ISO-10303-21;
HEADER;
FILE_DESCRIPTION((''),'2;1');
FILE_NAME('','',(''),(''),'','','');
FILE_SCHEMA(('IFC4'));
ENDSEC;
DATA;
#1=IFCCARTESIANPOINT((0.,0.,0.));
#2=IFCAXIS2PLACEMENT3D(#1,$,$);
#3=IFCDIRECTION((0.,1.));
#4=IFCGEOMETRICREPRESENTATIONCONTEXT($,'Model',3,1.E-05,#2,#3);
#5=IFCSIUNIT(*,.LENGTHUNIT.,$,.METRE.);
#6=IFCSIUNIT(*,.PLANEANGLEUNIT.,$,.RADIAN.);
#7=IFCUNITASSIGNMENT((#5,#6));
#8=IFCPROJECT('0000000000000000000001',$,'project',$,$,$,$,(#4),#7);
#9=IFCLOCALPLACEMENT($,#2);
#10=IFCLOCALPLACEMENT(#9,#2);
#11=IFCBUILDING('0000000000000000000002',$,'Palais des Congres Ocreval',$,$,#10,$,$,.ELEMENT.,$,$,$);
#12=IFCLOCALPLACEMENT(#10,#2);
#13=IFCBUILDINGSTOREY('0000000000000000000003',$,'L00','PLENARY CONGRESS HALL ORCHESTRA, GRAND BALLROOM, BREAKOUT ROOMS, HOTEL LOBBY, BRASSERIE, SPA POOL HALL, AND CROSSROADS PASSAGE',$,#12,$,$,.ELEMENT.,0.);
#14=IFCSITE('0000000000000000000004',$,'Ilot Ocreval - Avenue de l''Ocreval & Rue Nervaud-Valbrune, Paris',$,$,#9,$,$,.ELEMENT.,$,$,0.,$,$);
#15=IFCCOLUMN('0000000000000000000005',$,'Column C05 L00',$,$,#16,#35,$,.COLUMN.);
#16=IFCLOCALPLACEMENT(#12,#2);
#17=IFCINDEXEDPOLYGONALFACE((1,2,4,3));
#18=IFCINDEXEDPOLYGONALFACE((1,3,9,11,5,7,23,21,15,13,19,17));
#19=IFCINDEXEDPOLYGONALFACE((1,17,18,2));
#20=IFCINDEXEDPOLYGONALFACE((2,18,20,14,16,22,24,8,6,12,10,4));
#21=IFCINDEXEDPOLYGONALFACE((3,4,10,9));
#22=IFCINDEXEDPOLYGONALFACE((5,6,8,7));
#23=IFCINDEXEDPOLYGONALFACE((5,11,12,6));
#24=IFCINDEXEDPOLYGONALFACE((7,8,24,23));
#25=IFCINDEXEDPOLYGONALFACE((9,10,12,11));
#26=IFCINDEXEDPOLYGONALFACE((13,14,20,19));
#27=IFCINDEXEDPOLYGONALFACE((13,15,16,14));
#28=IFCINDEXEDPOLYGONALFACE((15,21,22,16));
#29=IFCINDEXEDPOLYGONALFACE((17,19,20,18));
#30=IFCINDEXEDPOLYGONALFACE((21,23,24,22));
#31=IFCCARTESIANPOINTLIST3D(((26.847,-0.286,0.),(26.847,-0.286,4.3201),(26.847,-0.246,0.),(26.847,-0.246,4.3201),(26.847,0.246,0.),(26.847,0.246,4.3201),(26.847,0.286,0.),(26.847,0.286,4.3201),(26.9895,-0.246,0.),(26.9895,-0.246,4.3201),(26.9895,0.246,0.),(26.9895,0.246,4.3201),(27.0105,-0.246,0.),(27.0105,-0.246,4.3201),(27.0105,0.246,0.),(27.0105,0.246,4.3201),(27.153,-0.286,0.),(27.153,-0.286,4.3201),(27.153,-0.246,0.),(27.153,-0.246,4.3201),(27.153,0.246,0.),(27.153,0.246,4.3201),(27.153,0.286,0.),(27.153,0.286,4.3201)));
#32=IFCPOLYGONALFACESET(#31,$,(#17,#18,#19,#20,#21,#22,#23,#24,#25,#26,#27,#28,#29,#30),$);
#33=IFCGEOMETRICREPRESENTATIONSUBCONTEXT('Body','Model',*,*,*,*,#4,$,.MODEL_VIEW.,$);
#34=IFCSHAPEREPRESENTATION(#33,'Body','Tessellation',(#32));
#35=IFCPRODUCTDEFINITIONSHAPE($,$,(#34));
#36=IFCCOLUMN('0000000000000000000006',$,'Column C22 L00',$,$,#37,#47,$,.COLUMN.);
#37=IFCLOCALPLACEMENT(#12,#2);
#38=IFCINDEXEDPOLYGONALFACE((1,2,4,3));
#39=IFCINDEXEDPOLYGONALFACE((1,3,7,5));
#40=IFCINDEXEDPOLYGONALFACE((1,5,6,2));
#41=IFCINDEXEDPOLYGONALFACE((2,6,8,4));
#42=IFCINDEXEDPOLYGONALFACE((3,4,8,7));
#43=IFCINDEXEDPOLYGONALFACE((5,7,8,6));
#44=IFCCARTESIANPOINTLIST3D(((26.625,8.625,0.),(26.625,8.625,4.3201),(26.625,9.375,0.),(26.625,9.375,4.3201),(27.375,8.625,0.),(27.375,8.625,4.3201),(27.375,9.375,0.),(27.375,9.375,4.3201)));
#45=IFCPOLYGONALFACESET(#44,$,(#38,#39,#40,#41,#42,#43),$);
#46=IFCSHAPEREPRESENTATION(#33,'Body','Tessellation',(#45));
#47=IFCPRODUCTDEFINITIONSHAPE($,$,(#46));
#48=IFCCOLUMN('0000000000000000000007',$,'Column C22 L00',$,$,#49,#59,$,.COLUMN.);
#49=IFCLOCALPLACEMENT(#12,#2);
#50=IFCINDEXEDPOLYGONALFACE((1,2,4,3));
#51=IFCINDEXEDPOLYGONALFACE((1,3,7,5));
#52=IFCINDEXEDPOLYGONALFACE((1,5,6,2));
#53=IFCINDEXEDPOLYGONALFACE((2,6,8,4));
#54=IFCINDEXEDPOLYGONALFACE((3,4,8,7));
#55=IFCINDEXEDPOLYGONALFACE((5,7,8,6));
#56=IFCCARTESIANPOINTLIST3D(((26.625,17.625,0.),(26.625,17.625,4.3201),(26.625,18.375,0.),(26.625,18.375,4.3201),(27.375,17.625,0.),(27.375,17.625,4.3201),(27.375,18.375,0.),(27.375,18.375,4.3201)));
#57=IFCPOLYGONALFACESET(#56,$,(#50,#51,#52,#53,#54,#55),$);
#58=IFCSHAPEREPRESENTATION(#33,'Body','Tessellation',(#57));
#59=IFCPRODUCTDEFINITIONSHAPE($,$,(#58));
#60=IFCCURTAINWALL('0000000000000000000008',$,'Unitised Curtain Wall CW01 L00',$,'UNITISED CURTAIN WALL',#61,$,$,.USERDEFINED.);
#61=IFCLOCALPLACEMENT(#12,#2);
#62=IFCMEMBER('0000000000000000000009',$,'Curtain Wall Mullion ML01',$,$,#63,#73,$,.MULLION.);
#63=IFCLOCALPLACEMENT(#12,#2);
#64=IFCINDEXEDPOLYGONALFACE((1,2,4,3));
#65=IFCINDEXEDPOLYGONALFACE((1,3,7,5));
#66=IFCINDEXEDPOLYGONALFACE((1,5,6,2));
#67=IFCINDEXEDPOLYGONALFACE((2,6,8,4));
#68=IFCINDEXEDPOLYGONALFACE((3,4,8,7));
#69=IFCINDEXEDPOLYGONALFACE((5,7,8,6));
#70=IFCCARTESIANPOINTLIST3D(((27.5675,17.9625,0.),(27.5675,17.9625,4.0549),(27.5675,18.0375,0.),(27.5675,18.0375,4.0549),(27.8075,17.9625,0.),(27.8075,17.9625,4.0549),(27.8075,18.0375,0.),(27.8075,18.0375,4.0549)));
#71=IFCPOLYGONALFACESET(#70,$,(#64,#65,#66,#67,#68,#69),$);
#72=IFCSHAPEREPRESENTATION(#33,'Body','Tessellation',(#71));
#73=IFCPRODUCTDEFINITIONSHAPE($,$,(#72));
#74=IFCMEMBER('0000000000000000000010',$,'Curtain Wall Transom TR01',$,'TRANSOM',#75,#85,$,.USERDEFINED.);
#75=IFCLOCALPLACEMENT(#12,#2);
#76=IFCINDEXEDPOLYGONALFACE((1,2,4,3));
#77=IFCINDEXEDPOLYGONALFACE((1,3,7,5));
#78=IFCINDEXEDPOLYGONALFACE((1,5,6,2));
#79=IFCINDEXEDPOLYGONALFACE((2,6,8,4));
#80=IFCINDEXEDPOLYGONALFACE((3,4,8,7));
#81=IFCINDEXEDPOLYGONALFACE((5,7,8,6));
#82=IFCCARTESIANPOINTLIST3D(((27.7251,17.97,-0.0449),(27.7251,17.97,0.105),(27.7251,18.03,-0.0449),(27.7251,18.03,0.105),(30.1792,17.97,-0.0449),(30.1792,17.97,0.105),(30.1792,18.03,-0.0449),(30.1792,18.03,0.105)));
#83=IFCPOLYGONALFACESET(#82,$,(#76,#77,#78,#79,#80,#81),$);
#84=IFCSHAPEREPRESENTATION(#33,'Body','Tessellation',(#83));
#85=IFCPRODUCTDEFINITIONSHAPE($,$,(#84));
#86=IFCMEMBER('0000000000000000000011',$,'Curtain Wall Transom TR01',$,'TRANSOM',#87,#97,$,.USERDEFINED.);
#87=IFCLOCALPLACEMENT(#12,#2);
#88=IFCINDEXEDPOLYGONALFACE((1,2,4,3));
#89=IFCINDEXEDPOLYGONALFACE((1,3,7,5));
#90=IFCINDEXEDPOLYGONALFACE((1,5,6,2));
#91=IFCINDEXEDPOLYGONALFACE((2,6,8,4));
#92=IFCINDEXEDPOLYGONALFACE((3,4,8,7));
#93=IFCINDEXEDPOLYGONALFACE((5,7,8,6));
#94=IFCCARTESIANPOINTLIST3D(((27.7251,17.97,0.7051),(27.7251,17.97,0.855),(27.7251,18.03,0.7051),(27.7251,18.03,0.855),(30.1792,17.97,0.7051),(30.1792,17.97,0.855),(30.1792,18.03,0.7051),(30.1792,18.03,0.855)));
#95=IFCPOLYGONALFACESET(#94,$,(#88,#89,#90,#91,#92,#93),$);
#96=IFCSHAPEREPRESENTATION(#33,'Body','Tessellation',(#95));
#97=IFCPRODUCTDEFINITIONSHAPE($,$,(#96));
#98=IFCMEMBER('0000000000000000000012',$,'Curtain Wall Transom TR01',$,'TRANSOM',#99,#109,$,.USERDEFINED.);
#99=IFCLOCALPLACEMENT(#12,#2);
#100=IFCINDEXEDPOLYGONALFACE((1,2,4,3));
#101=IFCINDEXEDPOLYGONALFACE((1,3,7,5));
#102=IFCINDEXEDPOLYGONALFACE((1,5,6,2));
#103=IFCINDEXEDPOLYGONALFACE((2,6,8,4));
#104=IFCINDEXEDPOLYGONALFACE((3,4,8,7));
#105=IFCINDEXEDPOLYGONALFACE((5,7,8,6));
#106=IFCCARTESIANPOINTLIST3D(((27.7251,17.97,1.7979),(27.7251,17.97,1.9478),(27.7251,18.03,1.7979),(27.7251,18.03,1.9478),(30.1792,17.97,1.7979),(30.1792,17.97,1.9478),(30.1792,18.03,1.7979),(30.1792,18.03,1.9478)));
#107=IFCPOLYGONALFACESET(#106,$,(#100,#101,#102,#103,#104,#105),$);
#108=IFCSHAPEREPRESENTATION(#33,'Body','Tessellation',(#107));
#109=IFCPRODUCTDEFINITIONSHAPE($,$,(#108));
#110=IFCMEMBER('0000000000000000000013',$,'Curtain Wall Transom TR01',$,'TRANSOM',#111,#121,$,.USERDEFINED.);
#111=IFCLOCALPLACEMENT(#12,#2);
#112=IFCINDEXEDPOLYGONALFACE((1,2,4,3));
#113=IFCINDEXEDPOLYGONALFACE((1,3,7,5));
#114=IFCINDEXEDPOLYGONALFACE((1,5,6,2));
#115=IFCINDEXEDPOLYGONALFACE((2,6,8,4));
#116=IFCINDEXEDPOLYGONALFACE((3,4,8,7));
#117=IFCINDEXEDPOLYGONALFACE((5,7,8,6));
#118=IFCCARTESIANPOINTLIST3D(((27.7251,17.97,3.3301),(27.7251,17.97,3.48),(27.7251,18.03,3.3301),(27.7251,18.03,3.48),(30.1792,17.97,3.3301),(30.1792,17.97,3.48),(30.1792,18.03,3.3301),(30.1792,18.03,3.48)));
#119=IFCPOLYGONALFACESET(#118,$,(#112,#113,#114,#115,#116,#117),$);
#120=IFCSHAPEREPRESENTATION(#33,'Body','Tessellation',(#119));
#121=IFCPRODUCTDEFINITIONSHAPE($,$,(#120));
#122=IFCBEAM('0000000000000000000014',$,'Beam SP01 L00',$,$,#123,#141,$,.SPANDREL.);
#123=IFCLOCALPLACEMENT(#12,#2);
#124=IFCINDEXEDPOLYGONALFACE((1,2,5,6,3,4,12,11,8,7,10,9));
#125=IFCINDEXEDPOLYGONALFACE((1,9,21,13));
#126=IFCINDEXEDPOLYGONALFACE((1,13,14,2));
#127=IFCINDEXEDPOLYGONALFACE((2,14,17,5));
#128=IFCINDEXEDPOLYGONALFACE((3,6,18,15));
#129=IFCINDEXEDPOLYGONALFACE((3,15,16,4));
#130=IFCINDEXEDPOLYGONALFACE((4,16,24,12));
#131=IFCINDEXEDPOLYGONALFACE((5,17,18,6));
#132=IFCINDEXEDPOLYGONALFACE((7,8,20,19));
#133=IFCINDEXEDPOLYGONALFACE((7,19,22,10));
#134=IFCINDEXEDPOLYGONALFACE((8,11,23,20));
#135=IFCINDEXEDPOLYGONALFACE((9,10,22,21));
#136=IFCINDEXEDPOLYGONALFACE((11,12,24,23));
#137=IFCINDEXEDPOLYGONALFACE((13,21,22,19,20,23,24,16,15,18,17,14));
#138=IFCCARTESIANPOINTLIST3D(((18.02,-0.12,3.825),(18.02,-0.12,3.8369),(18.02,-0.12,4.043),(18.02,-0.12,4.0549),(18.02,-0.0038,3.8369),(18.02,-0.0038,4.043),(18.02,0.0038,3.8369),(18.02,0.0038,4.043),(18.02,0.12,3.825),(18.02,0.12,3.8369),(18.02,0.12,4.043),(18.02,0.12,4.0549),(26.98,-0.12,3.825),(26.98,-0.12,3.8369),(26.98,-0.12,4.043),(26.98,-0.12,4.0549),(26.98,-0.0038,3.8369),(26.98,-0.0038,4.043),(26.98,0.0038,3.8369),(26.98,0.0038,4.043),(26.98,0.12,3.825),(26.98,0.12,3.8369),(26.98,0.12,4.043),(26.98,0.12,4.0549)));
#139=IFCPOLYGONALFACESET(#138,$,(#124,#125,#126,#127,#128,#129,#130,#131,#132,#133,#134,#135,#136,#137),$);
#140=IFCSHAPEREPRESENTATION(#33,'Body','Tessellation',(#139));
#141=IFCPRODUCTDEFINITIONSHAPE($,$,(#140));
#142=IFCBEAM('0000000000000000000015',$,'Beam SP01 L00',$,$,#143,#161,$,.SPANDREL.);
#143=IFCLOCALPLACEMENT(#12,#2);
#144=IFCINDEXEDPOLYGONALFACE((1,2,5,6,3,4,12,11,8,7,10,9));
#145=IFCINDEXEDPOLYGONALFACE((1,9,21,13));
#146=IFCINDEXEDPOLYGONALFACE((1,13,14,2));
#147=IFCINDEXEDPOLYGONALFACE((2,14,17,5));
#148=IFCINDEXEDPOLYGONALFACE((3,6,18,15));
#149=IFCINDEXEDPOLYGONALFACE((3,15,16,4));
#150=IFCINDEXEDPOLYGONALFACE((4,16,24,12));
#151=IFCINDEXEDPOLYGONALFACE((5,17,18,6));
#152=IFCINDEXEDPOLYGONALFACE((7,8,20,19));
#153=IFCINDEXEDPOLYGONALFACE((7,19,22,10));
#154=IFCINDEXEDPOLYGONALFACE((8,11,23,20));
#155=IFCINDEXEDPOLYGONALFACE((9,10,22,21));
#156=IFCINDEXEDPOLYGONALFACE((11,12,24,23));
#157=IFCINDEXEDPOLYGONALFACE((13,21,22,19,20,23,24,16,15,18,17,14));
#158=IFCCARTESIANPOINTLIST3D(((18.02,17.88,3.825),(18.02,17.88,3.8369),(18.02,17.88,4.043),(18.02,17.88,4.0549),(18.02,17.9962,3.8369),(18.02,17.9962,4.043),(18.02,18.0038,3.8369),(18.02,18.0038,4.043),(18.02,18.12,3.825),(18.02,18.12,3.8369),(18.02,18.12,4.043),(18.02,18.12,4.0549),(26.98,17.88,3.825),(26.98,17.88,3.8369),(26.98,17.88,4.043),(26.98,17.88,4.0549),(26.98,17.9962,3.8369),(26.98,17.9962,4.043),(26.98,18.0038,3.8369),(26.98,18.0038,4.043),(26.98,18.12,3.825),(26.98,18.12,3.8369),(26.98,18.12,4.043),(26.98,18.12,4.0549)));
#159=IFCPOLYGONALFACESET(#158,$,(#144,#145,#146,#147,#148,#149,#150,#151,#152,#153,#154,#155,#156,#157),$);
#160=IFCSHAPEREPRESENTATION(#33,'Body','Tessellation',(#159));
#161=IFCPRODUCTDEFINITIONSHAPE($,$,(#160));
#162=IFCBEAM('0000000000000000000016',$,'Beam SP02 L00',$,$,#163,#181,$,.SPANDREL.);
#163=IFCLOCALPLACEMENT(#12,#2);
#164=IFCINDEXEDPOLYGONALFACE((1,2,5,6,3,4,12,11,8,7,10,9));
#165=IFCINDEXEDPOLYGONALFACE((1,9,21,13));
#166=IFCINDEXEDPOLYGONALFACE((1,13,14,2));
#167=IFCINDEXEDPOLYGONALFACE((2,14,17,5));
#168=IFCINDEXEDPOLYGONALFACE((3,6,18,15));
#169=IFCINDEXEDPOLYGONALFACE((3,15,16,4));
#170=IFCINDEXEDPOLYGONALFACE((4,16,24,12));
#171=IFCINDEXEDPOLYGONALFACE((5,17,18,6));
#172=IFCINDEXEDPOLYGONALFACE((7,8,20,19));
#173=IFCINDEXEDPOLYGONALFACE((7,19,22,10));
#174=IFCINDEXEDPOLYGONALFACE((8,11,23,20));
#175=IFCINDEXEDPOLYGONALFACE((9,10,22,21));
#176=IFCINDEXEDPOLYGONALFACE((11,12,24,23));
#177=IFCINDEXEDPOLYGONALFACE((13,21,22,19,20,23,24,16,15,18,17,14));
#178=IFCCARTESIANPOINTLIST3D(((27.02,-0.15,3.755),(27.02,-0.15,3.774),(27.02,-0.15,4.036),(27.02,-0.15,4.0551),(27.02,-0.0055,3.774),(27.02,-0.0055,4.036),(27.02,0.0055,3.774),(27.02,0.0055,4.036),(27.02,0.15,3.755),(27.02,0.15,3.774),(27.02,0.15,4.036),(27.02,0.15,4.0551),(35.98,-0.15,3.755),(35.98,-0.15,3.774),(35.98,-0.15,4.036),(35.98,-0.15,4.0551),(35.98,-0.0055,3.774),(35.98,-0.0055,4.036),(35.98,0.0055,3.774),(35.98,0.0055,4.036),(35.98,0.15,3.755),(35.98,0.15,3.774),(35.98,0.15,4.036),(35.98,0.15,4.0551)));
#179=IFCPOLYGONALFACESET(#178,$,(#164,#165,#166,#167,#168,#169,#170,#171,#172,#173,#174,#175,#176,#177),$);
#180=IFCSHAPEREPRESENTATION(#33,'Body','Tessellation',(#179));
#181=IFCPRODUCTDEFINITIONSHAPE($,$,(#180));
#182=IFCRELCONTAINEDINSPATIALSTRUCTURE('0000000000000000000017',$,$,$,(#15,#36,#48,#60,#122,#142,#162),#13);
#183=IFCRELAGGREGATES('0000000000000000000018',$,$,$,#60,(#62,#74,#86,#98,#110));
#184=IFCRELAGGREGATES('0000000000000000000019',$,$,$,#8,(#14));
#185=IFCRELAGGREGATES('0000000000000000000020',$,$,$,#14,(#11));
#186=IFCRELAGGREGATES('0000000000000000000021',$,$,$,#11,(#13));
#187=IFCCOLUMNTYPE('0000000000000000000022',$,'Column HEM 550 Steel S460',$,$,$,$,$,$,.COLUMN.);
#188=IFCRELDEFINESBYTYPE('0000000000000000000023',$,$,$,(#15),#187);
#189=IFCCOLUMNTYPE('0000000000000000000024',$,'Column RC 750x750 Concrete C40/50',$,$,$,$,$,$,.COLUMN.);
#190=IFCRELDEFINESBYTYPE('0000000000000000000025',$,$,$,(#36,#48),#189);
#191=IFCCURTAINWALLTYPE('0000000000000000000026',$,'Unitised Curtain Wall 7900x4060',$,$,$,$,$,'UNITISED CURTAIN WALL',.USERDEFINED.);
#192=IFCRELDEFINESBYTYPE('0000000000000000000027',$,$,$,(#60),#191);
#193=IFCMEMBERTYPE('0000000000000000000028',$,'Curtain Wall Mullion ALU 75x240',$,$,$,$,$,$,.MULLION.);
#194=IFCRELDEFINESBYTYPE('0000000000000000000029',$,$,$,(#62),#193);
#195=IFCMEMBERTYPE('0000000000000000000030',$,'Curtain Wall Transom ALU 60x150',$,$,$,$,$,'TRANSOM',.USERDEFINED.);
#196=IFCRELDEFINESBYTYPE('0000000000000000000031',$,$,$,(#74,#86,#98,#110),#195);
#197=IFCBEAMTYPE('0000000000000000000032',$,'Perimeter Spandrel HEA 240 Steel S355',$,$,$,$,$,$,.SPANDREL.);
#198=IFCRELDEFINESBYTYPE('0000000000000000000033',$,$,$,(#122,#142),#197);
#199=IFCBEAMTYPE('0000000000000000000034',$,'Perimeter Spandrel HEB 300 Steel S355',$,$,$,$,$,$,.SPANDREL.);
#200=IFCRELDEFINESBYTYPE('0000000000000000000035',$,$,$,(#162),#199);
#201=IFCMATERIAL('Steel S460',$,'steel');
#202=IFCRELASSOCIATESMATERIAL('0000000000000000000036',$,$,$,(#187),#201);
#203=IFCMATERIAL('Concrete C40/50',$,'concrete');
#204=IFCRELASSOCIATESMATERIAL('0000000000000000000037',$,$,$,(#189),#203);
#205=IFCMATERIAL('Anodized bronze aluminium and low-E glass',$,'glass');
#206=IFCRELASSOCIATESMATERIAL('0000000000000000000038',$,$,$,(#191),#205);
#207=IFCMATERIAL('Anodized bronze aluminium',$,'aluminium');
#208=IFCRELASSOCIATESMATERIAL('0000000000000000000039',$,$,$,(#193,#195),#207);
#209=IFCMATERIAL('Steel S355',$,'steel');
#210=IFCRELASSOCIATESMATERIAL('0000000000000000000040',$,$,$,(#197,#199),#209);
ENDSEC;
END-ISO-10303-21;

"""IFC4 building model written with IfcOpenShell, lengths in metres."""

from ifc_helpers import new_model, si_unit, direction, frame, origin, origin_2d, place, context, subcontext, project, spatial, rectangle, i_section, extrude, material, material_profile, profile_set, type_object, element, aggregate, save


model = new_model("IFC4")

# Units and contexts
model_context = context("Model", 3, precision=1e-05, world=origin(), true_north=direction((0.0, 1.0)))
body_context = subcontext(model_context, "Body", "Model", "MODEL_VIEW")
ifc_project = project(units=[si_unit("LENGTHUNIT", "METRE"), si_unit("PLANEANGLEUNIT", "RADIAN")], contexts=[model_context])

# Site, building, storey
site_placement = place(None, origin())
site = spatial("IfcSite", under=ifc_project, at=site_placement, Name="Ilot Ocreval - Avenue de l'Ocreval & Rue Nervaud-Valbrune, Paris", CompositionType="ELEMENT", RefElevation=0.0)
building_placement = place(site_placement, origin())
building = spatial("IfcBuilding", under=site, at=building_placement, Name="Palais des Congres Ocreval", CompositionType="ELEMENT")
storey_placement = place(building_placement, origin())
storey = spatial("IfcBuildingStorey", under=building, at=storey_placement, Name="L00", Description="PLENARY CONGRESS HALL ORCHESTRA, GRAND BALLROOM, BREAKOUT ROOMS, HOTEL LOBBY, BRASSERIE, SPA POOL HALL, AND CROSSROADS PASSAGE", CompositionType="ELEMENT", Elevation=0.0)

# Columns
ifc_material_1 = material(Name="Steel S460", Category="steel")
ifc_material_profile_1 = material_profile(ifc_material_1, i_section(OverallWidth=0.3059, OverallDepth=0.572, WebThickness=0.021, FlangeThickness=0.04, at=origin_2d()), Name="HEM 550")
ifc_profile_set_1 = profile_set([ifc_material_profile_1], Name="Steel S460")
column_type_1 = type_object("IfcColumnType", Name="Column HEM 550 Steel S460", PredefinedType="COLUMN", material=ifc_profile_set_1)
column_placement = place(storey_placement, frame((27.0, 0.0, 0.0), z_axis=(0.0, 0.0, 1.0), x_axis=(1.0, 0.0, 0.0)))
element("IfcColumn", 1, at=column_placement, inside=storey, type_object=column_type_1, Name="Column C05 L00", PredefinedType="COLUMN", context=body_context, shape_type="SweptSolid", body=[
    extrude(i_section(OverallWidth=0.3059, OverallDepth=0.572, WebThickness=0.021, FlangeThickness=0.04, at=origin_2d()), origin(), (0.0, 0.0, 1.0), 4.3201),
])
ifc_material_2 = material(Name="Concrete C40/50", Category="concrete")
ifc_material_profile_2 = material_profile(ifc_material_2, rectangle(XDim=0.75, YDim=0.75, at=origin_2d()), Name="RC 750x750")
ifc_profile_set_2 = profile_set([ifc_material_profile_2], Name="Concrete C40/50")
column_type_2 = type_object("IfcColumnType", Name="Column RC 750x750 Concrete C40/50", PredefinedType="COLUMN", material=ifc_profile_set_2)
for number, where, z_axis, x_axis, name in (
    (2, (27.0, 9.0, 0.0), (0.0, 0.0, 1.0), (1.0, 0.0, 0.0), "Column C22 L00"),
    (3, (27.0, 18.0, 0.0), (0.0, 0.0, 1.0), (1.0, 0.0, 0.0), "Column C22 L00"),
):
    element("IfcColumn", number, at=place(storey_placement, frame(where, z_axis=z_axis, x_axis=x_axis)), inside=storey, type_object=column_type_2, Name=name, PredefinedType="COLUMN", context=body_context, shape_type="SweptSolid", body=[
        extrude(rectangle(XDim=0.75, YDim=0.75, at=origin_2d()), origin(), (0.0, 0.0, 1.0), 4.3201),
    ])

# Curtain wall, members
ifc_material_3 = material(Name="Anodized bronze aluminium and low-E glass", Category="glass")
curtain_wall_type = type_object("IfcCurtainWallType", Name="Unitised Curtain Wall 7900x4060", ElementType="UNITISED CURTAIN WALL", PredefinedType="USERDEFINED", material=ifc_material_3)
curtain_wall_placement = place(storey_placement, origin())
curtain_wall = element("IfcCurtainWall", 4, at=curtain_wall_placement, inside=storey, type_object=curtain_wall_type, Name="Unitised Curtain Wall CW01 L00", ObjectType="UNITISED CURTAIN WALL", PredefinedType="USERDEFINED")
ifc_material_4 = material(Name="Anodized bronze aluminium", Category="aluminium")
ifc_material_profile_3 = material_profile(ifc_material_4, rectangle(XDim=0.075, YDim=0.24, at=origin_2d()), Name="ALU 75x240")
ifc_profile_set_3 = profile_set([ifc_material_profile_3], Name="Anodized bronze aluminium")
member_type_1 = type_object("IfcMemberType", Name="Curtain Wall Mullion ALU 75x240", PredefinedType="MULLION", material=ifc_profile_set_3)
member_1_placement = place(storey_placement, frame((27.6875, 18.0, 0.0), z_axis=(0.0, 0.0, 1.0), x_axis=(0.0, 1.0, 0.0)))
member_1 = element("IfcMember", 5, at=member_1_placement, type_object=member_type_1, Name="Curtain Wall Mullion ML01", PredefinedType="MULLION", context=body_context, shape_type="SweptSolid", body=[
    extrude(rectangle(XDim=0.075, YDim=0.24, at=origin_2d()), origin(), (0.0, 0.0, 1.0), 4.0549),
])
ifc_material_profile_4 = material_profile(ifc_material_4, rectangle(XDim=0.0601, YDim=0.1499, at=origin_2d()), Name="ALU 60x150")
ifc_profile_set_4 = profile_set([ifc_material_profile_4], Name="Anodized bronze aluminium")
member_type_2 = type_object("IfcMemberType", Name="Curtain Wall Transom ALU 60x150", ElementType="TRANSOM", PredefinedType="USERDEFINED", material=ifc_profile_set_4)
member_2_placement = place(storey_placement, frame((27.7251, 18.0, 0.03), z_axis=(1.0, 0.0, 0.0), x_axis=(0.0, 1.0, 0.0)))
member_2 = element("IfcMember", 6, at=member_2_placement, type_object=member_type_2, Name="Curtain Wall Transom TR01", ObjectType="TRANSOM", PredefinedType="USERDEFINED", context=body_context, shape_type="SweptSolid", body=[
    extrude(rectangle(XDim=0.0601, YDim=0.1499, at=origin_2d()), origin(), (0.0, 0.0, 1.0), 2.4541),
])
member_3_placement = place(storey_placement, frame((27.7251, 18.0, 0.78), z_axis=(1.0, 0.0, 0.0), x_axis=(0.0, 1.0, 0.0)))
member_3 = element("IfcMember", 7, at=member_3_placement, type_object=member_type_2, Name="Curtain Wall Transom TR01", ObjectType="TRANSOM", PredefinedType="USERDEFINED", context=body_context, shape_type="SweptSolid", body=[
    extrude(rectangle(XDim=0.0601, YDim=0.1499, at=origin_2d()), origin(), (0.0, 0.0, 1.0), 2.4541),
])
member_4_placement = place(storey_placement, frame((27.7251, 18.0, 1.8728), z_axis=(1.0, 0.0, 0.0), x_axis=(0.0, 1.0, 0.0)))
member_4 = element("IfcMember", 8, at=member_4_placement, type_object=member_type_2, Name="Curtain Wall Transom TR01", ObjectType="TRANSOM", PredefinedType="USERDEFINED", context=body_context, shape_type="SweptSolid", body=[
    extrude(rectangle(XDim=0.0601, YDim=0.1499, at=origin_2d()), origin(), (0.0, 0.0, 1.0), 2.4541),
])
member_5_placement = place(storey_placement, frame((27.7251, 18.0, 3.405), z_axis=(1.0, 0.0, 0.0), x_axis=(0.0, 1.0, 0.0)))
member_5 = element("IfcMember", 9, at=member_5_placement, type_object=member_type_2, Name="Curtain Wall Transom TR01", ObjectType="TRANSOM", PredefinedType="USERDEFINED", context=body_context, shape_type="SweptSolid", body=[
    extrude(rectangle(XDim=0.0601, YDim=0.1499, at=origin_2d()), origin(), (0.0, 0.0, 1.0), 2.4541),
])
aggregate(curtain_wall, [member_1, member_2, member_3, member_4, member_5])

# Beams
ifc_material_5 = material(Name="Steel S355", Category="steel")
ifc_material_profile_5 = material_profile(ifc_material_5, i_section(OverallWidth=0.24, OverallDepth=0.23, WebThickness=0.0076, FlangeThickness=0.012, at=origin_2d()), Name="HEA 240")
ifc_profile_set_5 = profile_set([ifc_material_profile_5], Name="Steel S355")
beam_type_1 = type_object("IfcBeamType", Name="Perimeter Spandrel HEA 240 Steel S355", PredefinedType="SPANDREL", material=ifc_profile_set_5)
for number, where, z_axis, x_axis, name in (
    (10, (18.02, 0.0, 3.9399), (1.0, 0.0, 0.0), (0.0, 1.0, 0.0), "Beam SP01 L00"),
    (11, (18.02, 18.0, 3.9399), (1.0, 0.0, 0.0), (0.0, 1.0, 0.0), "Beam SP01 L00"),
):
    element("IfcBeam", number, at=place(storey_placement, frame(where, z_axis=z_axis, x_axis=x_axis)), inside=storey, type_object=beam_type_1, Name=name, PredefinedType="SPANDREL", context=body_context, shape_type="SweptSolid", body=[
        extrude(i_section(OverallWidth=0.24, OverallDepth=0.23, WebThickness=0.0076, FlangeThickness=0.012, at=origin_2d()), origin(), (0.0, 0.0, 1.0), 8.96),
    ])
ifc_material_profile_6 = material_profile(ifc_material_5, i_section(OverallWidth=0.3, OverallDepth=0.3, WebThickness=0.011, FlangeThickness=0.019, at=origin_2d()), Name="HEB 300")
ifc_profile_set_6 = profile_set([ifc_material_profile_6], Name="Steel S355")
beam_type_2 = type_object("IfcBeamType", Name="Perimeter Spandrel HEB 300 Steel S355", PredefinedType="SPANDREL", material=ifc_profile_set_6)
for number, where, z_axis, x_axis, name in (
    (12, (27.02, 0.0, 3.905), (1.0, 0.0, 0.0), (0.0, 1.0, 0.0), "Beam SP02 L00"),
):
    element("IfcBeam", number, at=place(storey_placement, frame(where, z_axis=z_axis, x_axis=x_axis)), inside=storey, type_object=beam_type_2, Name=name, PredefinedType="SPANDREL", context=body_context, shape_type="SweptSolid", body=[
        extrude(i_section(OverallWidth=0.3, OverallDepth=0.3, WebThickness=0.011, FlangeThickness=0.019, at=origin_2d()), origin(), (0.0, 0.0, 1.0), 8.96),
    ])

save(model, "model.ifc")
